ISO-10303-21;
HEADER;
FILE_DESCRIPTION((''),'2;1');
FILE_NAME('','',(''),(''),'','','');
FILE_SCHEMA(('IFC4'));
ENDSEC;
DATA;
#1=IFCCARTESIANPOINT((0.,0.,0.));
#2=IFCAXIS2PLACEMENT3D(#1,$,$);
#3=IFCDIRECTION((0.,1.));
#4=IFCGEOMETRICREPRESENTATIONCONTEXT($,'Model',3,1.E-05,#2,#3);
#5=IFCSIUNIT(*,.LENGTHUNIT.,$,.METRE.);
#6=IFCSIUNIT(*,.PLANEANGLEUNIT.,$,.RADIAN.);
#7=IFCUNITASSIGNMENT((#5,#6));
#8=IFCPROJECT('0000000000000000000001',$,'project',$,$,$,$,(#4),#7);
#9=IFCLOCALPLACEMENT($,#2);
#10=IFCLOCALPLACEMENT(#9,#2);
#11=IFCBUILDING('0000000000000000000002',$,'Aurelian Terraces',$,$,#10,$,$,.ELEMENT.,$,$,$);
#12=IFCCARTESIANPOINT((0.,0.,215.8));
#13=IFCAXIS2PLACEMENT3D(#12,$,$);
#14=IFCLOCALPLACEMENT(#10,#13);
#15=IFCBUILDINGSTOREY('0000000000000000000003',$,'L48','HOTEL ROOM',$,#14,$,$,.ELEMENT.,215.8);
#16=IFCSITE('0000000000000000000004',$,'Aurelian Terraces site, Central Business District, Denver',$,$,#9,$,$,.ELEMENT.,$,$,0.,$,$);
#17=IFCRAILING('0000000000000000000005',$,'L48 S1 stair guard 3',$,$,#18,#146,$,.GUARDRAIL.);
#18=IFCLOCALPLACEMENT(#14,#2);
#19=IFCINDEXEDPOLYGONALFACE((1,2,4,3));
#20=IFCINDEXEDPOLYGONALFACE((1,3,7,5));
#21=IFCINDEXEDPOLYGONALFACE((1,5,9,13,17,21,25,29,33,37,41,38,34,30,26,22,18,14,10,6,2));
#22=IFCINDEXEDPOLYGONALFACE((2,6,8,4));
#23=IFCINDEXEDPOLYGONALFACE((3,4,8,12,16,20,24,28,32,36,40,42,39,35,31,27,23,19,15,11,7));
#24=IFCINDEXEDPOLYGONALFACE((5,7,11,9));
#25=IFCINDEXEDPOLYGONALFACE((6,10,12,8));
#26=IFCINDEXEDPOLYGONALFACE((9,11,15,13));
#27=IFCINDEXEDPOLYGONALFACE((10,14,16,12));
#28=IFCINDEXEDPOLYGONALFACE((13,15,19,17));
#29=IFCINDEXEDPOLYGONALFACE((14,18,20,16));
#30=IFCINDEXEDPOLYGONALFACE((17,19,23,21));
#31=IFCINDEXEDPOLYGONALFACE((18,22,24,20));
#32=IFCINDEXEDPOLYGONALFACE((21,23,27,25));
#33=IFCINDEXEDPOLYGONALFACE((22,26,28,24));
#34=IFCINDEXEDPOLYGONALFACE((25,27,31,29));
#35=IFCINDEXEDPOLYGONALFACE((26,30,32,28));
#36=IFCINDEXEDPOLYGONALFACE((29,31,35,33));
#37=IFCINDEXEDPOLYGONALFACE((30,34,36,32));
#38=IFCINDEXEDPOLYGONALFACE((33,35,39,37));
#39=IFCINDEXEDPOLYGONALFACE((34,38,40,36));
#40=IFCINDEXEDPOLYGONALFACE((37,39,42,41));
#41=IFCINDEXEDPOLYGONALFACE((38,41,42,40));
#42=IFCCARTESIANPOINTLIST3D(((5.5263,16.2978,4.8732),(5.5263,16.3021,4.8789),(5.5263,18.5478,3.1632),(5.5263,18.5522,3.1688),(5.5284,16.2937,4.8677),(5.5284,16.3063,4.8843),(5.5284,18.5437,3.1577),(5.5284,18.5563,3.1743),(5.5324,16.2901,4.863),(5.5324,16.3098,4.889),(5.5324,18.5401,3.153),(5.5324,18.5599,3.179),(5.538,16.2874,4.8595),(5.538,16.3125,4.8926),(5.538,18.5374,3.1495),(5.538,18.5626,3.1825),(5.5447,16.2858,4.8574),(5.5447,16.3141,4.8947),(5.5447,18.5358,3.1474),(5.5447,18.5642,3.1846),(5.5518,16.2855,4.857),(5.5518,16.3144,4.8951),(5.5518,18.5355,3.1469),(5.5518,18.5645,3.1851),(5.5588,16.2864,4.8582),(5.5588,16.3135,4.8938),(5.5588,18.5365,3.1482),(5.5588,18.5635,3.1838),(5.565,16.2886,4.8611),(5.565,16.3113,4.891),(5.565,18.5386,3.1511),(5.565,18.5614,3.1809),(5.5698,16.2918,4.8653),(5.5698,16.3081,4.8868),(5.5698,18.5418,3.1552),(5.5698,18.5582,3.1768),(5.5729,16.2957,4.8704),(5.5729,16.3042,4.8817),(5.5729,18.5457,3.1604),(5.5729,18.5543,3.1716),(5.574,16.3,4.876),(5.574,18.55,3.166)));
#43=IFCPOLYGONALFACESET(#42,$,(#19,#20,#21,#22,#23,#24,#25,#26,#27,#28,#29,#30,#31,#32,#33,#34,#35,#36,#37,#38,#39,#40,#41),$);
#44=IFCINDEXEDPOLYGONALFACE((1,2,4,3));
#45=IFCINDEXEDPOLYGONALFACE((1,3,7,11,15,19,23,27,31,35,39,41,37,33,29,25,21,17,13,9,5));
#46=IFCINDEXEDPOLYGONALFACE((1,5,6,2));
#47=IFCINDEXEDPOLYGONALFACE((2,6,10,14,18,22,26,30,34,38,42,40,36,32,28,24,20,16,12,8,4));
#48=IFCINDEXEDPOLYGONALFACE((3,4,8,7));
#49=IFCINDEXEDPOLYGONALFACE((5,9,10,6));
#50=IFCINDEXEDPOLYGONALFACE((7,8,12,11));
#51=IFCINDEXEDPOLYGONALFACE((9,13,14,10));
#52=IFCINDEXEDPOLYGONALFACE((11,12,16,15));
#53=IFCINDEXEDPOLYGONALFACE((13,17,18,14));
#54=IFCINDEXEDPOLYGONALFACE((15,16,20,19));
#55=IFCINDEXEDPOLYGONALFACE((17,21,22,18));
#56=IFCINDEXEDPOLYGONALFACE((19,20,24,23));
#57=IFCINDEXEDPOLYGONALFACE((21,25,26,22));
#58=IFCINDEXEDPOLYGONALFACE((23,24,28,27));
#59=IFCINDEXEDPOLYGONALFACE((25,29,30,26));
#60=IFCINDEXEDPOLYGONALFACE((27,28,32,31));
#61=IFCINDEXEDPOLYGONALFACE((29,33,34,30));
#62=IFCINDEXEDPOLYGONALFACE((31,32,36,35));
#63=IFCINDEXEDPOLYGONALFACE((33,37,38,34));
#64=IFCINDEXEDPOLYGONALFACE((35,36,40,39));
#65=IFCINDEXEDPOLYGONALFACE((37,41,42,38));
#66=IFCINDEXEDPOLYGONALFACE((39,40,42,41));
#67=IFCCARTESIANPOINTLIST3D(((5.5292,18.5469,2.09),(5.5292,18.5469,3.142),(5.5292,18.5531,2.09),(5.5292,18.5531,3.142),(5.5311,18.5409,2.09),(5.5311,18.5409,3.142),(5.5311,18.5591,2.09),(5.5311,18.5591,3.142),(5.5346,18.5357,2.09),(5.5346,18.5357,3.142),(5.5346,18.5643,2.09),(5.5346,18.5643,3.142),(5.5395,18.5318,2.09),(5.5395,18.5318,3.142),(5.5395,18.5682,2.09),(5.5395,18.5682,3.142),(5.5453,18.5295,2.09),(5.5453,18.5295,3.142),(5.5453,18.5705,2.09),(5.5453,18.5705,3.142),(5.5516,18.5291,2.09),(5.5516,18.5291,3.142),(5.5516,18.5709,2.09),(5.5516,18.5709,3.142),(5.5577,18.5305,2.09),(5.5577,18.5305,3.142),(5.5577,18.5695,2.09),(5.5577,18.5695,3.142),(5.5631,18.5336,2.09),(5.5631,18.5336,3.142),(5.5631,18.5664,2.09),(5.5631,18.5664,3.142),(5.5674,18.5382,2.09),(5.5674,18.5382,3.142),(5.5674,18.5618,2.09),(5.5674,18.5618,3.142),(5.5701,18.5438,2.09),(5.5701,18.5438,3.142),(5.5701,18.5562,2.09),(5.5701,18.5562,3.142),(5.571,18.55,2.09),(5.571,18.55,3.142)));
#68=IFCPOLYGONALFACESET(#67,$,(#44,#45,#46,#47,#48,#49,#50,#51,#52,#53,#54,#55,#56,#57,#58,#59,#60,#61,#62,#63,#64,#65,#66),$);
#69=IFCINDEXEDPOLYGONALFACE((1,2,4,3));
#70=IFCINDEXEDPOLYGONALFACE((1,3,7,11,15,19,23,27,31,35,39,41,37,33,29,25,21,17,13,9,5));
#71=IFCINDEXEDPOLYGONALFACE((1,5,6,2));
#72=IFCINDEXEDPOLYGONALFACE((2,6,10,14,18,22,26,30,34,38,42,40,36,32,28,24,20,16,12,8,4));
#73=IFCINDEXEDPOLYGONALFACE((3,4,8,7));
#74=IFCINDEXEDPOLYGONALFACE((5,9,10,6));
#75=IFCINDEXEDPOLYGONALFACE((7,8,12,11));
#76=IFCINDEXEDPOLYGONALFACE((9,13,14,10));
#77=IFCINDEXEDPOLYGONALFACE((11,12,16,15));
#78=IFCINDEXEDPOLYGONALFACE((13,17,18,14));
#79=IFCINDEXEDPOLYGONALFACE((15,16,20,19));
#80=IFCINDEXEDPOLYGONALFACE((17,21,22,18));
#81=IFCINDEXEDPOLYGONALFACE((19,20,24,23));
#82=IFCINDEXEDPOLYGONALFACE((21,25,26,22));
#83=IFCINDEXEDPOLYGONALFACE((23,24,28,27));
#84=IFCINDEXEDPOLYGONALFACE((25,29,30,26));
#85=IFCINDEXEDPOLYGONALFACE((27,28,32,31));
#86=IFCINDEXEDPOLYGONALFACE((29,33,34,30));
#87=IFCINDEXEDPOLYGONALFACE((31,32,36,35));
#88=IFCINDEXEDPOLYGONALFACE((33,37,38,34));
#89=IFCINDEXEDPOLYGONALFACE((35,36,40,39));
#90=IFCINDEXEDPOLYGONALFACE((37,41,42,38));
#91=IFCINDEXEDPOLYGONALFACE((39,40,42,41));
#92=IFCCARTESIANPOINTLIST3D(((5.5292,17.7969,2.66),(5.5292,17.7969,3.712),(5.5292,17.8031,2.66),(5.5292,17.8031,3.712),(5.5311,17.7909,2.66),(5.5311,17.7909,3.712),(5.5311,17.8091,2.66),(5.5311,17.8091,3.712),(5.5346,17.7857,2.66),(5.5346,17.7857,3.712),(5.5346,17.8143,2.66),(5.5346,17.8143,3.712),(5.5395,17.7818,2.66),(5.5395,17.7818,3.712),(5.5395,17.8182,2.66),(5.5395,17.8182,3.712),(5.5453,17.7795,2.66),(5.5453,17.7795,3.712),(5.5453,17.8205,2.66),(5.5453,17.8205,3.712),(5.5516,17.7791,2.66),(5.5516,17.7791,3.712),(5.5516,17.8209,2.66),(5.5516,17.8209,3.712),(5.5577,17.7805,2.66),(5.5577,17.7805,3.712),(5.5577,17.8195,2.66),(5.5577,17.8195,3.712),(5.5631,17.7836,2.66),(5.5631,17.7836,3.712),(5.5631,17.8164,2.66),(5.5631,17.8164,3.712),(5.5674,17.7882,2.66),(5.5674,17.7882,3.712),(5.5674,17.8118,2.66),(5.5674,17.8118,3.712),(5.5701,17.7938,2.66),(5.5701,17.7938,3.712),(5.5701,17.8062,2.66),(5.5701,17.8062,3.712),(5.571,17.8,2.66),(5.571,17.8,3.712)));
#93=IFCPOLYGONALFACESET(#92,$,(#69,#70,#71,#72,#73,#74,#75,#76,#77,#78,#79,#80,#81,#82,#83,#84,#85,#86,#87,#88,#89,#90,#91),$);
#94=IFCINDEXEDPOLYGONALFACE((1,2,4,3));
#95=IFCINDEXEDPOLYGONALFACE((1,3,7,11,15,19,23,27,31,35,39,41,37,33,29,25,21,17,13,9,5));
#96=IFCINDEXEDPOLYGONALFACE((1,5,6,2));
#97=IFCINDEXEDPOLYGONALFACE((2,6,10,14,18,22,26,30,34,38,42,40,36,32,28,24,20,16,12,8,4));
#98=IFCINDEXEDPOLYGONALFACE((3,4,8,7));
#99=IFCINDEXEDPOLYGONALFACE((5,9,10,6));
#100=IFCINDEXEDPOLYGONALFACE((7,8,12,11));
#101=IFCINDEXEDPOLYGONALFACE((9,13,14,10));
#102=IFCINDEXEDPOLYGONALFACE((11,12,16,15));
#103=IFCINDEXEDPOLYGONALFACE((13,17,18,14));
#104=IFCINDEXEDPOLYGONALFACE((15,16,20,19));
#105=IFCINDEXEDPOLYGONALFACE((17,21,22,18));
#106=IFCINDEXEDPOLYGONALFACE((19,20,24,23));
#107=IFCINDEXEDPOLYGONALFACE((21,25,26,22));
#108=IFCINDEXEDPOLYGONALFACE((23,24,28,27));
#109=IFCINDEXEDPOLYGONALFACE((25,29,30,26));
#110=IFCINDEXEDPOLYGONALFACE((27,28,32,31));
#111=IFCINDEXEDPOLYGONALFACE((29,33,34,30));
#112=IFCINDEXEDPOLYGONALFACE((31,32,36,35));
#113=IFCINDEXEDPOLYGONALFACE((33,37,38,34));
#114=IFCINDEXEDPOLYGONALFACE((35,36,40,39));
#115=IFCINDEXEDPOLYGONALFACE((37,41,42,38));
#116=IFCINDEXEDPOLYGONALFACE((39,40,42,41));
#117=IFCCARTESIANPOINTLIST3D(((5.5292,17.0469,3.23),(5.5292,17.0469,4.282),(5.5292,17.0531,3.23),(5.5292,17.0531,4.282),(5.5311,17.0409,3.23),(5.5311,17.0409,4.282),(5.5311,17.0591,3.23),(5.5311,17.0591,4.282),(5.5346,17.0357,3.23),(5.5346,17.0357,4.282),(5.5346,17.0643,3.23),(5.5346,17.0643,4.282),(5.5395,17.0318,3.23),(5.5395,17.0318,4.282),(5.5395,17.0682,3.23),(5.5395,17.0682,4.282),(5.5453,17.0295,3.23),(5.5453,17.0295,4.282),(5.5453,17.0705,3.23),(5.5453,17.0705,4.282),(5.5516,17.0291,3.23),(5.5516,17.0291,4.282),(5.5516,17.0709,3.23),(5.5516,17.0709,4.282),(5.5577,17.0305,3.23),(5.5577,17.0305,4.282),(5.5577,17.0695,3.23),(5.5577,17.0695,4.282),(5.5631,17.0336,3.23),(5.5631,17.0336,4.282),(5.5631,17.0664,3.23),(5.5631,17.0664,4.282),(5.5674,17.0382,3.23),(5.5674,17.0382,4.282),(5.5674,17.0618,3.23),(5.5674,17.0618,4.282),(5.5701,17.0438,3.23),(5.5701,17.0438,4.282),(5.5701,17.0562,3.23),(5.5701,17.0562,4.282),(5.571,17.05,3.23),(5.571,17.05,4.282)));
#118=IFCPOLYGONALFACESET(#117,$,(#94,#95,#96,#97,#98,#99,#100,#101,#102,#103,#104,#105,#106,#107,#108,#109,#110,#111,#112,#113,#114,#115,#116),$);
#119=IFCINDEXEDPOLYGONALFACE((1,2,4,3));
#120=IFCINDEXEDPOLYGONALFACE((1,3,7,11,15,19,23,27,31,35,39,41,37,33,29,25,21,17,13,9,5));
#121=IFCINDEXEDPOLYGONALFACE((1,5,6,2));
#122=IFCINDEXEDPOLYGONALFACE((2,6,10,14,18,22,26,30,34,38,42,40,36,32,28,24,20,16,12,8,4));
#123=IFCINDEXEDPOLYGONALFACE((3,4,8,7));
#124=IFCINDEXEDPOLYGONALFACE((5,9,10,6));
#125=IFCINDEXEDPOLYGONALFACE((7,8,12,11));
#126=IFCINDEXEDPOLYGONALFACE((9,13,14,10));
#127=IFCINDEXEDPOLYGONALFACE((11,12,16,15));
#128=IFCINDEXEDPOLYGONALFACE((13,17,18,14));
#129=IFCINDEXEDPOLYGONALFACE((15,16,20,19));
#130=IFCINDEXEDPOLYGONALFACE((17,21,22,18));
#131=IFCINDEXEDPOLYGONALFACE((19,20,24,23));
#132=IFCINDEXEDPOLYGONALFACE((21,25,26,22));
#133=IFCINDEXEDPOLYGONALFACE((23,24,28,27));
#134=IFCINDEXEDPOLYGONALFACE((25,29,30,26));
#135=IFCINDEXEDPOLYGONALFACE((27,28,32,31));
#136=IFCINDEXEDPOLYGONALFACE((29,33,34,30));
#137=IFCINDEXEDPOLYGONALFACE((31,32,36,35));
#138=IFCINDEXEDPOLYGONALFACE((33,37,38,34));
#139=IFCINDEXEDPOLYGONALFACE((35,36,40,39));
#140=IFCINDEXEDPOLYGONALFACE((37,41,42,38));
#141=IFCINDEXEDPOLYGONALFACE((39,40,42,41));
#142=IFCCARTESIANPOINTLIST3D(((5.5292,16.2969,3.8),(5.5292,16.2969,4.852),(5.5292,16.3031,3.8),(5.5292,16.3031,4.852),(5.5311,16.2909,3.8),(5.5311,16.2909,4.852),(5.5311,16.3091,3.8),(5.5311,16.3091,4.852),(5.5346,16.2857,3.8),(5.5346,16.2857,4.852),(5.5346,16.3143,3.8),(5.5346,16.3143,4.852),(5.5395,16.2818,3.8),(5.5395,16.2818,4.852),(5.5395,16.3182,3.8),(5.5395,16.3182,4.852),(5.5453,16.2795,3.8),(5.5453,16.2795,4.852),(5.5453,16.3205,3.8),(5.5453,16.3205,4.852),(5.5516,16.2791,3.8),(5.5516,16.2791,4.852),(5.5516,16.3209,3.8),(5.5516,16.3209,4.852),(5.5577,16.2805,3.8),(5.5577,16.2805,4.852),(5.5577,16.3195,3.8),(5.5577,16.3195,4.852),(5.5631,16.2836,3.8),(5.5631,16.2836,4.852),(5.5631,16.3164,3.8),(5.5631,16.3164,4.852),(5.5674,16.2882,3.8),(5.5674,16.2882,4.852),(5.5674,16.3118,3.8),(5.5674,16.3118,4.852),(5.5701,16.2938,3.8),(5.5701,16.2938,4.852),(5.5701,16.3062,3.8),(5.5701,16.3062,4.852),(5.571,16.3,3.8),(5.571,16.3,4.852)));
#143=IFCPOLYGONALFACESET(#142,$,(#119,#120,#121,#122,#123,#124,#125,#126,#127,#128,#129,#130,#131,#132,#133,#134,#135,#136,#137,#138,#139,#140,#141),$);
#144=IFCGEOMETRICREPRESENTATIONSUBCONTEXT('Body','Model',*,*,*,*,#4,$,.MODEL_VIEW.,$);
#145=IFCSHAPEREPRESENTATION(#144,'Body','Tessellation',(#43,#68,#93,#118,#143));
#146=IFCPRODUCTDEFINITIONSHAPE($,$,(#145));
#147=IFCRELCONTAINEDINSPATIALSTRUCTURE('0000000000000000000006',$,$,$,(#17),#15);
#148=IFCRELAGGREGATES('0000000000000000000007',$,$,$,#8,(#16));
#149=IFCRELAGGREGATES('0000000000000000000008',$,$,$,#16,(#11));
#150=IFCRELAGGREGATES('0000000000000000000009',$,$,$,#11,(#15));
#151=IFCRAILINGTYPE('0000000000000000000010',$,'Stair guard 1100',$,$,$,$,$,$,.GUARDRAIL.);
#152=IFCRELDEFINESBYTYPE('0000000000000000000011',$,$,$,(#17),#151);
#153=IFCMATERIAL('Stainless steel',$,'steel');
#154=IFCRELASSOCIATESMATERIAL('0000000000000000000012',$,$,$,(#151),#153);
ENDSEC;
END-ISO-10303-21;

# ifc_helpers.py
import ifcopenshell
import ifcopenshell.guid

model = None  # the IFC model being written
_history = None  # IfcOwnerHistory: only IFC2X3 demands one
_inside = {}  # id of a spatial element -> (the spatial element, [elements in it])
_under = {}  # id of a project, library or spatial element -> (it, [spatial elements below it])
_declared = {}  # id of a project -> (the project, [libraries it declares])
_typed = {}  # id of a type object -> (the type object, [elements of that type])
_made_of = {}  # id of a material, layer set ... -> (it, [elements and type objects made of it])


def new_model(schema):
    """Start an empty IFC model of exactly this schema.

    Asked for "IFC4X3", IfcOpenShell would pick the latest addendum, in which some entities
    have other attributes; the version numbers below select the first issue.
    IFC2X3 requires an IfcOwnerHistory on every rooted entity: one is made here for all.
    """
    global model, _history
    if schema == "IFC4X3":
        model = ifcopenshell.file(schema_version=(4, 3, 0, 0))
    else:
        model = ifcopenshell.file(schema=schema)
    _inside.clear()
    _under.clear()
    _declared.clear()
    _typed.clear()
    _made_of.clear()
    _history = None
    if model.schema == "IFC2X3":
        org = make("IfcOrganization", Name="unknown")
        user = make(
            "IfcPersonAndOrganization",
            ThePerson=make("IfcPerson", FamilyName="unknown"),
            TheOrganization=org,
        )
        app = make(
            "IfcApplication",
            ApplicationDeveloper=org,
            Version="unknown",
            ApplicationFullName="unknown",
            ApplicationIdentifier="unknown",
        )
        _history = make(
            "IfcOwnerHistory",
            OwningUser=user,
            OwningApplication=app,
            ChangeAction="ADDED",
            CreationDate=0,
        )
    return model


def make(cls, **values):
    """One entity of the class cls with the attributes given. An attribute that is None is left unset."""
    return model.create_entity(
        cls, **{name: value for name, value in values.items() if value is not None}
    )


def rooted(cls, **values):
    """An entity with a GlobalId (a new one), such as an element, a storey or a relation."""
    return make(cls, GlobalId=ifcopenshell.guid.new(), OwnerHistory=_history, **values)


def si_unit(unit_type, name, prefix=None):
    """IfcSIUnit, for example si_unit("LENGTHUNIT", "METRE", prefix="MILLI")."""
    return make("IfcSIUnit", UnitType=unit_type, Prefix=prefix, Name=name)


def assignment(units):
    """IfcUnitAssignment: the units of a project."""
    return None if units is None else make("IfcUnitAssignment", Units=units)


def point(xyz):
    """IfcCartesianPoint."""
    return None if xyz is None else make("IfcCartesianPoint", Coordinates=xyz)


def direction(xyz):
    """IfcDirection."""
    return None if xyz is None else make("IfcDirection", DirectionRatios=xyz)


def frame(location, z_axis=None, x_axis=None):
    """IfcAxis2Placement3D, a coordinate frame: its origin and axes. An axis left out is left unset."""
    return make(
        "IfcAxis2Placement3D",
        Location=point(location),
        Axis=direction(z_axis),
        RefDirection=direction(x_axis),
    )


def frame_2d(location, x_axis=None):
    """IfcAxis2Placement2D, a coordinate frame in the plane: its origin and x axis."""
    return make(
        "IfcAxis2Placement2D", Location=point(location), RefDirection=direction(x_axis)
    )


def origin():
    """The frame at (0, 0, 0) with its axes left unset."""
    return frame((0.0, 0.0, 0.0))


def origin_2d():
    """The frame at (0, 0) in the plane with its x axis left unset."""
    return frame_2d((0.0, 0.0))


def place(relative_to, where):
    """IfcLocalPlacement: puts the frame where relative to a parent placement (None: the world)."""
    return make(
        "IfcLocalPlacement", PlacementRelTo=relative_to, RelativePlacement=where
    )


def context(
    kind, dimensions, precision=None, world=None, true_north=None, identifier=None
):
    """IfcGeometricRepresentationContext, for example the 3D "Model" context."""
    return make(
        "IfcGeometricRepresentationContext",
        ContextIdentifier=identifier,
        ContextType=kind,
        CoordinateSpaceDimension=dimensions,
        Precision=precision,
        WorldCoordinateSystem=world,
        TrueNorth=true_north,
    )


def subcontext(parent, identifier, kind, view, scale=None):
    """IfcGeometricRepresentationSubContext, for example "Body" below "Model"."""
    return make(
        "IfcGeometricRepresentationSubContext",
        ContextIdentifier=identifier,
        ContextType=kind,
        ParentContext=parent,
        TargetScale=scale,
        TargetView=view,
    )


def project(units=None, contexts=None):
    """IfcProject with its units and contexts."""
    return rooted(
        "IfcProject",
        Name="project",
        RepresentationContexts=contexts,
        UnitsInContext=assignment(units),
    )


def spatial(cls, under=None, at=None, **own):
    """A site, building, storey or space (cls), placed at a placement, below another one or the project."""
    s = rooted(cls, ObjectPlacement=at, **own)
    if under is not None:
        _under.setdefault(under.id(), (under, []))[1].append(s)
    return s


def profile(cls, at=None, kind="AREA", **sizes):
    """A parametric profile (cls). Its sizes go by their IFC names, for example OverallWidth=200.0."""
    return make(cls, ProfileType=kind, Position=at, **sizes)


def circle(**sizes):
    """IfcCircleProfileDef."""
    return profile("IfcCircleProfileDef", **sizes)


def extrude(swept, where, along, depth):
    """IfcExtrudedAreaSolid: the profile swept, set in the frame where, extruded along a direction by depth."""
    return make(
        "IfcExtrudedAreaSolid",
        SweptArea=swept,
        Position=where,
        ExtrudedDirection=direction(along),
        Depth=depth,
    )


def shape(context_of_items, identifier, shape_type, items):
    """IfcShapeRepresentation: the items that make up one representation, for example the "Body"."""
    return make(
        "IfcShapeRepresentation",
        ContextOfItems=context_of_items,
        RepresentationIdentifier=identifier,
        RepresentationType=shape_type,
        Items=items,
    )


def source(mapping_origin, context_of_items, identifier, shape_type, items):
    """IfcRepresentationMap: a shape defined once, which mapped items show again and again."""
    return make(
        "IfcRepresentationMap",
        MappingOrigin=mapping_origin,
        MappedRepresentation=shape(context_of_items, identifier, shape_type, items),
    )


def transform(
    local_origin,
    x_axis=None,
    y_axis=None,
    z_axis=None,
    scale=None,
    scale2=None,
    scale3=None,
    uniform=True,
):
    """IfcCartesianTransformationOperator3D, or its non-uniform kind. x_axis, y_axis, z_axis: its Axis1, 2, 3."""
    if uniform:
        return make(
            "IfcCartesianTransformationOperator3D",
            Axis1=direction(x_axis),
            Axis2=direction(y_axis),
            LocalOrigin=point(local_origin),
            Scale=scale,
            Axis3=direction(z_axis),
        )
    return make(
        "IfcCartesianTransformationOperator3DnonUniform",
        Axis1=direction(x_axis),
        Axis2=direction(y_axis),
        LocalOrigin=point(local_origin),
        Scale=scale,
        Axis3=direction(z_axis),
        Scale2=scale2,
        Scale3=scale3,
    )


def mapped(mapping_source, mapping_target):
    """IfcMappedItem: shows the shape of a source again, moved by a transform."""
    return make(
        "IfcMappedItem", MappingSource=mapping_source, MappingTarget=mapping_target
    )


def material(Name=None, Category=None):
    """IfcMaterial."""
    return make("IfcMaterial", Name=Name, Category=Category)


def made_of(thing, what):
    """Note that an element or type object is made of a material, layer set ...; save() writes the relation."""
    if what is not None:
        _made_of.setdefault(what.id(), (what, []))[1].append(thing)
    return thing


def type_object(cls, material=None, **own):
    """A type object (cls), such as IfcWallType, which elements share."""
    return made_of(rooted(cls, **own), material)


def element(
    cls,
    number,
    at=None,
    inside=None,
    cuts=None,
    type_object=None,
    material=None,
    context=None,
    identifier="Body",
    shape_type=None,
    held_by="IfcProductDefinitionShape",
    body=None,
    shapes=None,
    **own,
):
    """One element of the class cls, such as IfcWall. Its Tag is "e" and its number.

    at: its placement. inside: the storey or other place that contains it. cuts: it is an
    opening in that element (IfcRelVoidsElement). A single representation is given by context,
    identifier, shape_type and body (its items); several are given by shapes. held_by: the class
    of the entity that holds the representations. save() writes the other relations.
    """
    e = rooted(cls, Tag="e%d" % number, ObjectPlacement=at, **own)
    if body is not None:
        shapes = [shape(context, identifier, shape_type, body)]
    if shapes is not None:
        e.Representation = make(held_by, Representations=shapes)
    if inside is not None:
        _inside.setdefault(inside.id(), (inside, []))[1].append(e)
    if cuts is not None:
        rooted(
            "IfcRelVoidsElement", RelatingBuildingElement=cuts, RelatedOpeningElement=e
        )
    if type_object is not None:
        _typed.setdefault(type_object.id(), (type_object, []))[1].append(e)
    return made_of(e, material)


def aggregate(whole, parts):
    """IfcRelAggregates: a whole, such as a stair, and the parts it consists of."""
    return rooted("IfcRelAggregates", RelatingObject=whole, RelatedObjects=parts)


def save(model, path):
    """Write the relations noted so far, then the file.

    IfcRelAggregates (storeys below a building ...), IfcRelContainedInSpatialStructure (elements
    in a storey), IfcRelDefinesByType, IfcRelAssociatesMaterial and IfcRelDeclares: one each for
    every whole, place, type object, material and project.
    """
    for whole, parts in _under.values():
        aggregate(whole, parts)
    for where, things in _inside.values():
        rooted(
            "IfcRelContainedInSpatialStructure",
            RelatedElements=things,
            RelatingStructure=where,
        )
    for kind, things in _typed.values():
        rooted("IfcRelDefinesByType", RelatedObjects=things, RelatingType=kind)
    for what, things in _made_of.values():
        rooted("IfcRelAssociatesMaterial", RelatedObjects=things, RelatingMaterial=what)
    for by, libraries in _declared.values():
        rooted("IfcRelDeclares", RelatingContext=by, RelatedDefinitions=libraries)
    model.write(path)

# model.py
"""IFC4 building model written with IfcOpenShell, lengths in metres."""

from ifc_helpers import new_model, si_unit, direction, frame, origin, origin_2d, place, context, subcontext, project, spatial, circle, extrude, source, transform, mapped, material, type_object, element, save


model = new_model("IFC4")

# Units and contexts
model_context = context("Model", 3, precision=1e-05, world=origin(), true_north=direction((0.0, 1.0)))
body_context = subcontext(model_context, "Body", "Model", "MODEL_VIEW")
ifc_project = project(units=[si_unit("LENGTHUNIT", "METRE"), si_unit("PLANEANGLEUNIT", "RADIAN")], contexts=[model_context])

# Site, building, storey
site_placement = place(None, origin())
site = spatial("IfcSite", under=ifc_project, at=site_placement, Name="Aurelian Terraces site, Central Business District, Denver", CompositionType="ELEMENT", RefElevation=0.0)
building_placement = place(site_placement, origin())
building = spatial("IfcBuilding", under=site, at=building_placement, Name="Aurelian Terraces", CompositionType="ELEMENT")
storey_placement = place(building_placement, frame((0.0, 0.0, 215.8)))
storey = spatial("IfcBuildingStorey", under=building, at=storey_placement, Name="L48", Description="HOTEL ROOM", CompositionType="ELEMENT", Elevation=215.8)

# Railing
ifc_material_1 = material(Name="Stainless steel", Category="steel")
railing_type_1 = type_object("IfcRailingType", Name="Stair guard 1100", PredefinedType="GUARDRAIL", material=ifc_material_1)
shared_shape_1 = source(origin(), body_context, "Body", "SweptSolid", [
    extrude(circle(Radius=0.024, at=origin_2d()), frame((0.0, 0.0, 1.076), z_axis=(0.0, -0.796162, 0.605083), x_axis=(1.0, 0.0, 0.0)), (0.0, 0.0, 1.0), 2.8261),
    extrude(circle(Radius=0.021, at=origin_2d()), origin(), (0.0, 0.0, 1.0), 1.052),
    extrude(circle(Radius=0.021, at=origin_2d()), frame((0.0, -0.75, 0.57)), (0.0, 0.0, 1.0), 1.052),
    extrude(circle(Radius=0.021, at=origin_2d()), frame((0.0, -1.5, 1.14)), (0.0, 0.0, 1.0), 1.052),
    extrude(circle(Radius=0.021, at=origin_2d()), frame((0.0, -2.25, 1.71)), (0.0, 0.0, 1.0), 1.052),
])
railing_1_placement = place(storey_placement, frame((5.55, 18.55, 2.09)))
element("IfcRailing", 1, at=railing_1_placement, inside=storey, type_object=railing_type_1, Name="L48 S1 stair guard 3", PredefinedType="GUARDRAIL", context=body_context, shape_type="MappedRepresentation", body=[
    mapped(shared_shape_1, transform((0.0, 0.0, 0.0), scale=1.0)),
])

save(model, "model.ifc")
